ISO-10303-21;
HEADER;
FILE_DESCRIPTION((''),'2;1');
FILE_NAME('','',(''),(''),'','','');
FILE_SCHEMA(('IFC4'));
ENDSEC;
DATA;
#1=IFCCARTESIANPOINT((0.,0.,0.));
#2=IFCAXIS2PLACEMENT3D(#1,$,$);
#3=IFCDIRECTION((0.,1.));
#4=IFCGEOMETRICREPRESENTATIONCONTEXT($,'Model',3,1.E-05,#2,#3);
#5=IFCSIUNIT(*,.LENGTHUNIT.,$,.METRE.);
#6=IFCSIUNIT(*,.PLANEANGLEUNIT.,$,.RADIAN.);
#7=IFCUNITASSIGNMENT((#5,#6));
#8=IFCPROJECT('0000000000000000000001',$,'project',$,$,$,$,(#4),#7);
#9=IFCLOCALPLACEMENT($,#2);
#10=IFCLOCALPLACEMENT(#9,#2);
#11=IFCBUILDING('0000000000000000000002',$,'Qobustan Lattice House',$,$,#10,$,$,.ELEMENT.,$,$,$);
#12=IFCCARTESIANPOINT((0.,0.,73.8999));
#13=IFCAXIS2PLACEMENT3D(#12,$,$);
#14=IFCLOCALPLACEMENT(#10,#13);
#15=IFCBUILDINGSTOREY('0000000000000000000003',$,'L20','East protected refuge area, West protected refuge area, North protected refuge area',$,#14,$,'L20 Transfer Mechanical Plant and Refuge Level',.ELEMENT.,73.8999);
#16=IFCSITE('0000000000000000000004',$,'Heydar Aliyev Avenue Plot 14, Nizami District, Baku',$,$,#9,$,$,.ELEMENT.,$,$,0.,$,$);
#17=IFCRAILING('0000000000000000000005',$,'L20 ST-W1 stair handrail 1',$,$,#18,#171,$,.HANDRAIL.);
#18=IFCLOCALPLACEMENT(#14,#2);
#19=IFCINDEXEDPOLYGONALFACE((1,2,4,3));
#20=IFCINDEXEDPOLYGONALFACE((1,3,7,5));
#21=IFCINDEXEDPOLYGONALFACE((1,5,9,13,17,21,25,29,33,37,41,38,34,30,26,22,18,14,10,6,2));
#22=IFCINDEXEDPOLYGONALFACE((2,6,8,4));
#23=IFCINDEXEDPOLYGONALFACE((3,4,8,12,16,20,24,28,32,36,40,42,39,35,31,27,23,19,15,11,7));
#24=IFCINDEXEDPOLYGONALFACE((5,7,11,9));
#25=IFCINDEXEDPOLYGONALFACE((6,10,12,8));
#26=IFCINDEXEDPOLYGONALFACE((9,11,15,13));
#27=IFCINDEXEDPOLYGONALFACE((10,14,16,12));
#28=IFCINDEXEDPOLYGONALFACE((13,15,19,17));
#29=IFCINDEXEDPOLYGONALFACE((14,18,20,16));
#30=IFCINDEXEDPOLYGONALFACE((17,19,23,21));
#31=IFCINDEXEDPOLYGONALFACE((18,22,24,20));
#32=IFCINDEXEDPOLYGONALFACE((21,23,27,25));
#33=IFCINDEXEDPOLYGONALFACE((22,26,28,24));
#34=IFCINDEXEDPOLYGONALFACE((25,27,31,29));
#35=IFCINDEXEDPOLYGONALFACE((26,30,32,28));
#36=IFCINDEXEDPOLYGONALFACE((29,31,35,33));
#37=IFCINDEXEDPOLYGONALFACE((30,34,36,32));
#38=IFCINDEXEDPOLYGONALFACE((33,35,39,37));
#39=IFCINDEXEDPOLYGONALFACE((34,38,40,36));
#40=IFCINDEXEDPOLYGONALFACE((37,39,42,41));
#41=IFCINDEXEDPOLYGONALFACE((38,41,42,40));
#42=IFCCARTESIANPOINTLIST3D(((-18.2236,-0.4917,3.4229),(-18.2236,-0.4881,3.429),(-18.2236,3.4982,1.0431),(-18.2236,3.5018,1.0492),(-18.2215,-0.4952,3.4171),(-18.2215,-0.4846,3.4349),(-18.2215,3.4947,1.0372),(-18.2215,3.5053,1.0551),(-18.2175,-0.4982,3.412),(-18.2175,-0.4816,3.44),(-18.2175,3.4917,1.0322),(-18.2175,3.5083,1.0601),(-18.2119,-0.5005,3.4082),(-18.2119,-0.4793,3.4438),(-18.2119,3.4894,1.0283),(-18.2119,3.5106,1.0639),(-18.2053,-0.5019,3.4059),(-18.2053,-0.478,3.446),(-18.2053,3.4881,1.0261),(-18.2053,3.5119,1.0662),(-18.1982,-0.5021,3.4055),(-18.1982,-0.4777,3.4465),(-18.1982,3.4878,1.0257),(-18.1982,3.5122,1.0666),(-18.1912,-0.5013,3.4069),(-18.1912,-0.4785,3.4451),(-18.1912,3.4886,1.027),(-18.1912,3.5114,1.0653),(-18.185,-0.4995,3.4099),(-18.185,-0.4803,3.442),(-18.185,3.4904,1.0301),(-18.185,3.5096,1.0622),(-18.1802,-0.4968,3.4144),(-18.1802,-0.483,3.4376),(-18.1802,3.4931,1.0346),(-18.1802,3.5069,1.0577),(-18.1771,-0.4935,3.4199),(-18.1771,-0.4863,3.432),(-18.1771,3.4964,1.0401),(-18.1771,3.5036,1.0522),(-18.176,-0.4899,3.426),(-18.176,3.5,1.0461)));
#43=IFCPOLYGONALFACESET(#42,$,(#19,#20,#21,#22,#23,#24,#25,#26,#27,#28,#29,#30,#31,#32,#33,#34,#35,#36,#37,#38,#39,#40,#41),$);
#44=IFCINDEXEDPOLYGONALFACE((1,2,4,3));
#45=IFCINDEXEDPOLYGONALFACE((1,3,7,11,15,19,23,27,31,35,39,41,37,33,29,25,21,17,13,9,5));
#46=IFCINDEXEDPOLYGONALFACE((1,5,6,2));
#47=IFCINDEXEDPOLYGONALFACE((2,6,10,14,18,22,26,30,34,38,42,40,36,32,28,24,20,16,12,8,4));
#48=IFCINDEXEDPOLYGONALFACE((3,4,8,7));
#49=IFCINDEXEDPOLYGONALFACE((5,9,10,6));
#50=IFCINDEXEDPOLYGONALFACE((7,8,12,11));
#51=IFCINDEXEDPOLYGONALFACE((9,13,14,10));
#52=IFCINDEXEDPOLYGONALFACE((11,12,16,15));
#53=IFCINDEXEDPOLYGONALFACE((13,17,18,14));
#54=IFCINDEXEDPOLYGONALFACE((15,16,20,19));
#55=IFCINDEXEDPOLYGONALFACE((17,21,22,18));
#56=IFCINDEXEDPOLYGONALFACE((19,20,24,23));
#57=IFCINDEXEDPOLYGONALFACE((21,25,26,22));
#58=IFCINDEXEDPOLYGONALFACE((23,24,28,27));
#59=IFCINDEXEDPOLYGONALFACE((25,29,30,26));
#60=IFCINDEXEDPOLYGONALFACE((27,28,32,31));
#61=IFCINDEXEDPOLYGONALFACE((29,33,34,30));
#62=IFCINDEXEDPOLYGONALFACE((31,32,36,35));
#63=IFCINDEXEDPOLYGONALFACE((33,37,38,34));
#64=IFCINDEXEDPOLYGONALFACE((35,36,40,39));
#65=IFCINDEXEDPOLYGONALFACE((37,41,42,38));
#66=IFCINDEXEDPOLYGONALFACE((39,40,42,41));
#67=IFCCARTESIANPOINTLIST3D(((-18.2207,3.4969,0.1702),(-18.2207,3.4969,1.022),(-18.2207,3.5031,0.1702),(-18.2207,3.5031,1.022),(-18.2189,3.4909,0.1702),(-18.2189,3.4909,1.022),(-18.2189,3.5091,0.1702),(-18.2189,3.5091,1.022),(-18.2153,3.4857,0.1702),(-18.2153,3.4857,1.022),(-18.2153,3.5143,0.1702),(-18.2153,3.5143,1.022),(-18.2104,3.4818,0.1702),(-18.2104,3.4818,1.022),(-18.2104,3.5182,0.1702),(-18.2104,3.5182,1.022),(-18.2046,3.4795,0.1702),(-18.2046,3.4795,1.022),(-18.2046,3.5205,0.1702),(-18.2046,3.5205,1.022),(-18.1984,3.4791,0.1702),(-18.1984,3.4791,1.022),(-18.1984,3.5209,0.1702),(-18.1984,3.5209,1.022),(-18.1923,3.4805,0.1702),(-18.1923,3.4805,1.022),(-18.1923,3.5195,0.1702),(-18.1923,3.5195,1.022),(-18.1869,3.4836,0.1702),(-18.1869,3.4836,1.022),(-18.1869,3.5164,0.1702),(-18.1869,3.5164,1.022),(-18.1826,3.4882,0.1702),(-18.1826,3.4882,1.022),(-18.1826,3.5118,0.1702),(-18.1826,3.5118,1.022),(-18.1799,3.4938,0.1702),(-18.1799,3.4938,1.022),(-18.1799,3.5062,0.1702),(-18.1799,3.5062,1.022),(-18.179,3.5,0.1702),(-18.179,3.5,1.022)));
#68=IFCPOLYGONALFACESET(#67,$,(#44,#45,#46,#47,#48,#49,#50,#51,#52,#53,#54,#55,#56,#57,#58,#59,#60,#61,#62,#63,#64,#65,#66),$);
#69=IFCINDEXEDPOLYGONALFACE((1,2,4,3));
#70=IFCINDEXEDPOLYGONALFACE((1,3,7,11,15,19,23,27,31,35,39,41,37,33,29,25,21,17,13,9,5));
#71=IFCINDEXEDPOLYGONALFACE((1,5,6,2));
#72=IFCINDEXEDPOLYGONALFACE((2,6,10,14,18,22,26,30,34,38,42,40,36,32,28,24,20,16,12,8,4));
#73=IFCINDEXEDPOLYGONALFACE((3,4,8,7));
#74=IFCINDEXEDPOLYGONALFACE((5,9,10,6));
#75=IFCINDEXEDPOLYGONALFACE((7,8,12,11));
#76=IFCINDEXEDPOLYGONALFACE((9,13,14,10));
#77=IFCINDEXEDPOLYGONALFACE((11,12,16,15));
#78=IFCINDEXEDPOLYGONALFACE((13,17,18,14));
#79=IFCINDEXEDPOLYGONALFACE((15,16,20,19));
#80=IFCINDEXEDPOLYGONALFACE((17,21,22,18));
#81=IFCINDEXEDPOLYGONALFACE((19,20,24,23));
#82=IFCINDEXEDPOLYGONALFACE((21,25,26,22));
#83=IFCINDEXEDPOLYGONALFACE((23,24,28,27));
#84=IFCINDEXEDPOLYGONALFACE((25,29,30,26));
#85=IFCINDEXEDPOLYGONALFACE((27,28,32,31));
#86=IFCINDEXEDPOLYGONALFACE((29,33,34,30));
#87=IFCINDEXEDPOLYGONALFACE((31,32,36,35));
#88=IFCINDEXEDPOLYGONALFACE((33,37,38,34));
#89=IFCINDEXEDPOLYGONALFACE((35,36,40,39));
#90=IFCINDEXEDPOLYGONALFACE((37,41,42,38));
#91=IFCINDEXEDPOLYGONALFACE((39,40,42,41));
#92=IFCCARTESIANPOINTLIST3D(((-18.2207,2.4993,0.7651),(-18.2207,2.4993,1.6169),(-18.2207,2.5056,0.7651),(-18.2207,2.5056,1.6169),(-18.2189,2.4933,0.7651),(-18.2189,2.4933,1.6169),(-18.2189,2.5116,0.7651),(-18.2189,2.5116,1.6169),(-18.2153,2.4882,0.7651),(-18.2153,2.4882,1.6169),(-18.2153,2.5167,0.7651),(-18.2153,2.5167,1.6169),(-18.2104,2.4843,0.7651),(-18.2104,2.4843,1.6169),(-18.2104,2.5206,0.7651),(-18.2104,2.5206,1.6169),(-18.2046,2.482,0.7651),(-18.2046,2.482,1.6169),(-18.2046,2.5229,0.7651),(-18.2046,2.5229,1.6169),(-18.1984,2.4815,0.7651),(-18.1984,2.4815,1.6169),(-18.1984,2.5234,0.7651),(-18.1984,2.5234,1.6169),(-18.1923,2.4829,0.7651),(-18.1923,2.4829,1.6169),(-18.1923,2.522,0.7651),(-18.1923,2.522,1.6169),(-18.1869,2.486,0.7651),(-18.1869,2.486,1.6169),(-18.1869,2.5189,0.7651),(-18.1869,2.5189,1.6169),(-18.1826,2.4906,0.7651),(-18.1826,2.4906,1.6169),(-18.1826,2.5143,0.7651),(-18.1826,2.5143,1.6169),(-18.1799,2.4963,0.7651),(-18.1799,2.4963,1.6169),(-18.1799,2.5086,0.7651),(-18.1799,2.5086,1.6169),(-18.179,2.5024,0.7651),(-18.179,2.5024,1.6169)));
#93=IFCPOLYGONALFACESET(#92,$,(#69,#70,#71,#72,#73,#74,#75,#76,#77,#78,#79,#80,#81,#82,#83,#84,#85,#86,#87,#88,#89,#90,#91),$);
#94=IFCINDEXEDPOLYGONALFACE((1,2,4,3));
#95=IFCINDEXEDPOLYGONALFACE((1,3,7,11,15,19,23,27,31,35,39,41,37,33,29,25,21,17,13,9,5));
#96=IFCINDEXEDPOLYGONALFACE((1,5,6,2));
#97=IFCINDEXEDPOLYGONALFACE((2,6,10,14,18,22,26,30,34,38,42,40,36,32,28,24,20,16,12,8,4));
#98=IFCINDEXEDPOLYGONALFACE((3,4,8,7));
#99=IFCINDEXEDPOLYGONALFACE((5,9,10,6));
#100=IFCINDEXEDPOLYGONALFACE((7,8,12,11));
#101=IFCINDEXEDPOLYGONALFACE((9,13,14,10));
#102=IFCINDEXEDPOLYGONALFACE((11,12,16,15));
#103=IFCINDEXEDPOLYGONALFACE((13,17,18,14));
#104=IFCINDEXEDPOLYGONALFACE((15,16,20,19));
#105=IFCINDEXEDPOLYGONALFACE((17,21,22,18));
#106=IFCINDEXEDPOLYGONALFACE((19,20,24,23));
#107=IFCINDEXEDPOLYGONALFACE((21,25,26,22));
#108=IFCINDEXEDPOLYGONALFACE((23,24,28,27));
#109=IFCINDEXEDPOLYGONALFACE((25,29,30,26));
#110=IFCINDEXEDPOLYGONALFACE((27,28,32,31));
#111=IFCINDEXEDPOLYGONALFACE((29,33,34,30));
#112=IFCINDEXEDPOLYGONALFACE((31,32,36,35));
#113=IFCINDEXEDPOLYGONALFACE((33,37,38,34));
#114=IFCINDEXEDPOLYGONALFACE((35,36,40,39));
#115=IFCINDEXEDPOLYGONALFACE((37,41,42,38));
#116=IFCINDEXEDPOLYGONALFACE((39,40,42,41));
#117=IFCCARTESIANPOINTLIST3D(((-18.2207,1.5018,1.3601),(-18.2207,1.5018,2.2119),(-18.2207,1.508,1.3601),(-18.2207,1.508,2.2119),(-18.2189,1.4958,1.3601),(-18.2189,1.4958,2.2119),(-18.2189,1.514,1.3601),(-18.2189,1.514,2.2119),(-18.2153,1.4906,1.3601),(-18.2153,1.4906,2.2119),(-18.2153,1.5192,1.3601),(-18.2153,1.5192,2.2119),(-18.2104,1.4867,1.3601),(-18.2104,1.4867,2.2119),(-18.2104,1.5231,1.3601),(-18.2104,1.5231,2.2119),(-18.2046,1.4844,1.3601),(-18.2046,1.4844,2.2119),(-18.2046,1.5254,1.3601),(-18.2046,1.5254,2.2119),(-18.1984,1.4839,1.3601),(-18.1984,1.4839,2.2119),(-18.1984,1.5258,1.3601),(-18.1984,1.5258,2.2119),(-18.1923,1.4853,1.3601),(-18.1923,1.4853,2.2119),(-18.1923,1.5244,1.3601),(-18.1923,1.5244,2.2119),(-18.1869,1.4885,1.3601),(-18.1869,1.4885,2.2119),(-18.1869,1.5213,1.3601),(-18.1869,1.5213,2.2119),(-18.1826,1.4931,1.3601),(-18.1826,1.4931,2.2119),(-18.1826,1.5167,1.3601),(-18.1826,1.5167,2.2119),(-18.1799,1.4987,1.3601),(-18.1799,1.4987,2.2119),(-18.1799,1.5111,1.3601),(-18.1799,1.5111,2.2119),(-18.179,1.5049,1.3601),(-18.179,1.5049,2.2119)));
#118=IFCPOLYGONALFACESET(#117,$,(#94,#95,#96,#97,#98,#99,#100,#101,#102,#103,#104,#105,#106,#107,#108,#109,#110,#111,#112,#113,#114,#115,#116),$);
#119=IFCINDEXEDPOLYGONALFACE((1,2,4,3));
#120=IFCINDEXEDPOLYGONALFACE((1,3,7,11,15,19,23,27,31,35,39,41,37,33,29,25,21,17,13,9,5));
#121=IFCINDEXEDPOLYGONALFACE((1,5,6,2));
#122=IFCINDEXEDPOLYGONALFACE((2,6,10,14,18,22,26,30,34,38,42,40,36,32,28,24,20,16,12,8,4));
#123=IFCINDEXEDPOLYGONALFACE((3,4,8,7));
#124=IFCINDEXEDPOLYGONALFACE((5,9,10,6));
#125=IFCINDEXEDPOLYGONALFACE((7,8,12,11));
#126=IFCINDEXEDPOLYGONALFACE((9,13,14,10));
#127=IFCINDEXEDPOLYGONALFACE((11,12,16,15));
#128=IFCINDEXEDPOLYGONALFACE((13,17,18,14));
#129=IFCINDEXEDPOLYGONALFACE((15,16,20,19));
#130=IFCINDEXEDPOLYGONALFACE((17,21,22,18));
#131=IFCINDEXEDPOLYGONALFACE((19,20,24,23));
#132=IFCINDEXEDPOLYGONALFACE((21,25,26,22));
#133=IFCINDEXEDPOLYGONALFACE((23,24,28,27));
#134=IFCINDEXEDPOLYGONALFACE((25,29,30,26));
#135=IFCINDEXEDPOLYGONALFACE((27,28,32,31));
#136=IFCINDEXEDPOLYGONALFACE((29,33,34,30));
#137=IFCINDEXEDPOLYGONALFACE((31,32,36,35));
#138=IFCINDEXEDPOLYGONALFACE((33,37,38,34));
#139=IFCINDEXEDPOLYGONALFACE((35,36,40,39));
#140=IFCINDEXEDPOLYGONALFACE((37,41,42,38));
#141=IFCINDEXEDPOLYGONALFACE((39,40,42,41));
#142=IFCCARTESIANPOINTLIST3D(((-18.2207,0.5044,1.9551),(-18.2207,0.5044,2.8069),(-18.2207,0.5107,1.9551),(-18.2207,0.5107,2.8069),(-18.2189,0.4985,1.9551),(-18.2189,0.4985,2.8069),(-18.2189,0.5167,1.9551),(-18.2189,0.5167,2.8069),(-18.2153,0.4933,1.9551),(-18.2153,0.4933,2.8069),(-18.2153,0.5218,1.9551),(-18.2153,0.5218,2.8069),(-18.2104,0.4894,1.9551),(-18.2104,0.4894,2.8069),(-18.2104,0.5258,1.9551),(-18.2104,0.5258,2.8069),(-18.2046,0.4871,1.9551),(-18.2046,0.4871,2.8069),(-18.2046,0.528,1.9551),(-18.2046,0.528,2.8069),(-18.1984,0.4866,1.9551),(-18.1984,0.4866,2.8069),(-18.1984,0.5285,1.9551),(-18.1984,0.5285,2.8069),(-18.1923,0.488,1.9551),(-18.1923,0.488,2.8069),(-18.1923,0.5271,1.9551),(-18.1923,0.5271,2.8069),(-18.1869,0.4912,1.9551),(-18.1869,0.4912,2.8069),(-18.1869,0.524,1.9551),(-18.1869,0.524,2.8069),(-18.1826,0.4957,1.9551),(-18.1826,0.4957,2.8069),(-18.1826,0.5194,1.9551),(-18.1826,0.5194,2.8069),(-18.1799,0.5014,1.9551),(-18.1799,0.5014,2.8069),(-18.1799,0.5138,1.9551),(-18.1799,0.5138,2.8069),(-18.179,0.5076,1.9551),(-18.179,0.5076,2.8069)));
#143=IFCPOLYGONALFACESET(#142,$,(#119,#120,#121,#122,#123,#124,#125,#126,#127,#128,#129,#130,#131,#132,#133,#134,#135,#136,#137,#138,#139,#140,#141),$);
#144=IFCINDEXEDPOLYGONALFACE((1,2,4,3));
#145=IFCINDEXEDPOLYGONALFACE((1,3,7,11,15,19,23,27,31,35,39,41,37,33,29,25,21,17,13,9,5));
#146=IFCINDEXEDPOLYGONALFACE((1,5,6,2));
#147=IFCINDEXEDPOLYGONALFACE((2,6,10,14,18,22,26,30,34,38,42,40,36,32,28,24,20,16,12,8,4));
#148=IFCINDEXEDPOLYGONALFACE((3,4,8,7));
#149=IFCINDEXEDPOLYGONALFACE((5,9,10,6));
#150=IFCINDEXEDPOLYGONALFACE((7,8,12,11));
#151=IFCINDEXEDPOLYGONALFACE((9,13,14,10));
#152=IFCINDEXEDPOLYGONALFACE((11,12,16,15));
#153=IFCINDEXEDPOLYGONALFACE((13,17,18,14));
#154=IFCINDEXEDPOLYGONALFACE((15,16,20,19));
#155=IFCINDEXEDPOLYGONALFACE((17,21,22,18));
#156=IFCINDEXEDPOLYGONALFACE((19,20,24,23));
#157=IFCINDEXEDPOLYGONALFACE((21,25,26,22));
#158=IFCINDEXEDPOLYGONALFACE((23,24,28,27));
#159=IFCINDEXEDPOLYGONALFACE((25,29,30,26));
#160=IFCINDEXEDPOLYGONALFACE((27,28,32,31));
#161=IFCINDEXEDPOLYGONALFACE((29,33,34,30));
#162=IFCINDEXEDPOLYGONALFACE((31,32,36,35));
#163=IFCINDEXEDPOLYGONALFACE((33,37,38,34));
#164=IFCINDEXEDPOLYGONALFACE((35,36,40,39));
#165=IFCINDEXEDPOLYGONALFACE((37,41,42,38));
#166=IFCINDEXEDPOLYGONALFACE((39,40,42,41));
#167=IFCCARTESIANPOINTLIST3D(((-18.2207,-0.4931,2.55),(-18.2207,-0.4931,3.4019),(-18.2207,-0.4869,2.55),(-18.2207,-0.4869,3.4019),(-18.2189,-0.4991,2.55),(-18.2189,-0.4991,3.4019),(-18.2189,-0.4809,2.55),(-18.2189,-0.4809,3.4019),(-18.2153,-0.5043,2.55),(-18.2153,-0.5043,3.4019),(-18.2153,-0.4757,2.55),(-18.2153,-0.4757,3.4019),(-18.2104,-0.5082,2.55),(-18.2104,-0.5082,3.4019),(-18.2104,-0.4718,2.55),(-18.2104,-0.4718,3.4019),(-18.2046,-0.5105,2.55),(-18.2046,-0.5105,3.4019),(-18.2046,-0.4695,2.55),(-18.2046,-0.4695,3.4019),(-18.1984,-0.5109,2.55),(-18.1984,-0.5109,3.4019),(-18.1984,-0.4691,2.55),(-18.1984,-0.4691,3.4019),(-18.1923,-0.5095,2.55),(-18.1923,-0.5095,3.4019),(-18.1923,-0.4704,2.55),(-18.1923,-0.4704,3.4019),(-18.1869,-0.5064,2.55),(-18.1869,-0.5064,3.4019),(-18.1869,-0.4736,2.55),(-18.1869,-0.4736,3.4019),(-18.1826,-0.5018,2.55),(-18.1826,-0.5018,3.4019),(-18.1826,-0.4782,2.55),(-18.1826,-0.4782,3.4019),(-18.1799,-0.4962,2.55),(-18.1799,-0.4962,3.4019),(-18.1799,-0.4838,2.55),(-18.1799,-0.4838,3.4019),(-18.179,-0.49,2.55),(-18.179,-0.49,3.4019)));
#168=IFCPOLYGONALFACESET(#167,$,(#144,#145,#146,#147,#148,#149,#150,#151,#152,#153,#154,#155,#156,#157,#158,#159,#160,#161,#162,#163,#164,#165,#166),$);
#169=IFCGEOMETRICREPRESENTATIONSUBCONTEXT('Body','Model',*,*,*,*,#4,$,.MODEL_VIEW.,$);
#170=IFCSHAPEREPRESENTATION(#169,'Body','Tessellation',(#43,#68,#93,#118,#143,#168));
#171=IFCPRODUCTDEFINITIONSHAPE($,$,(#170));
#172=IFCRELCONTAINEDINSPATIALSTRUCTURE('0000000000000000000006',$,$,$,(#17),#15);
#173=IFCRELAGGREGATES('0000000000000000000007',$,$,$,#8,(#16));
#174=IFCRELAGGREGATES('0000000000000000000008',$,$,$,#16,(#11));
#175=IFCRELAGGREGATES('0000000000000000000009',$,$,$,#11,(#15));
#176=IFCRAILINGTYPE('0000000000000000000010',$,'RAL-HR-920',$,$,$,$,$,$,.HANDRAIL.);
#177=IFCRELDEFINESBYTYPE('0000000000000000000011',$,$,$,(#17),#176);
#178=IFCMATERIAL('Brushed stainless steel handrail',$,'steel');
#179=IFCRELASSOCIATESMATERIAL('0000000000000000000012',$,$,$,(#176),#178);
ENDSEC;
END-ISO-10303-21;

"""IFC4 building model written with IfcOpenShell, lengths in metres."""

from ifc_helpers import new_model, si_unit, direction, frame, origin, origin_2d, place, context, subcontext, project, spatial, circle, extrude, material, type_object, element, save


model = new_model("IFC4")

# Units and contexts
model_context = context("Model", 3, precision=1e-05, world=origin(), true_north=direction((0.0, 1.0)))
body_context = subcontext(model_context, "Body", "Model", "MODEL_VIEW")
ifc_project = project(units=[si_unit("LENGTHUNIT", "METRE"), si_unit("PLANEANGLEUNIT", "RADIAN")], contexts=[model_context])

# Site, building, storey
site_placement = place(None, origin())
site = spatial("IfcSite", under=ifc_project, at=site_placement, Name="Heydar Aliyev Avenue Plot 14, Nizami District, Baku", CompositionType="ELEMENT", RefElevation=0.0)
building_placement = place(site_placement, origin())
building = spatial("IfcBuilding", under=site, at=building_placement, Name="Qobustan Lattice House", CompositionType="ELEMENT")
storey_placement = place(building_placement, frame((0.0, 0.0, 73.8999)))
storey = spatial("IfcBuildingStorey", under=building, at=storey_placement, Name="L20", Description="East protected refuge area, West protected refuge area, North protected refuge area", LongName="L20 Transfer Mechanical Plant and Refuge Level", CompositionType="ELEMENT", Elevation=73.8999)

# Railing
ifc_material_1 = material(Name="Brushed stainless steel handrail", Category="steel")
railing_type_1 = type_object("IfcRailingType", Name="RAL-HR-920", PredefinedType="HANDRAIL", material=ifc_material_1)
railing_1_placement = place(storey_placement, frame((-18.2, 3.5, 0.1702)))
element("IfcRailing", 1, at=railing_1_placement, inside=storey, type_object=railing_type_1, Name="L20 ST-W1 stair handrail 1", PredefinedType="HANDRAIL", context=body_context, shape_type="SweptSolid", body=[
    extrude(circle(Radius=0.0239, at=origin_2d()), frame((0.0, 0.0, 0.876), z_axis=(0.0, -0.85883, 0.512261), x_axis=(1.0, 0.0, 0.0)), (0.0, 0.0, 1.0), 4.6458),
    extrude(circle(Radius=0.021, at=origin_2d()), origin(), (0.0, 0.0, 1.0), 0.8518),
    extrude(circle(Radius=0.021, at=origin_2d()), frame((0.0, -0.9976, 0.595)), (0.0, 0.0, 1.0), 0.8518),
    extrude(circle(Radius=0.021, at=origin_2d()), frame((0.0, -1.9951, 1.1899)), (0.0, 0.0, 1.0), 0.8518),
    extrude(circle(Radius=0.021, at=origin_2d()), frame((0.0, -2.9924, 1.7849)), (0.0, 0.0, 1.0), 0.8518),
    extrude(circle(Radius=0.021, at=origin_2d()), frame((0.0, -3.99, 2.3799)), (0.0, 0.0, 1.0), 0.8518),
])

save(model, "model.ifc")
